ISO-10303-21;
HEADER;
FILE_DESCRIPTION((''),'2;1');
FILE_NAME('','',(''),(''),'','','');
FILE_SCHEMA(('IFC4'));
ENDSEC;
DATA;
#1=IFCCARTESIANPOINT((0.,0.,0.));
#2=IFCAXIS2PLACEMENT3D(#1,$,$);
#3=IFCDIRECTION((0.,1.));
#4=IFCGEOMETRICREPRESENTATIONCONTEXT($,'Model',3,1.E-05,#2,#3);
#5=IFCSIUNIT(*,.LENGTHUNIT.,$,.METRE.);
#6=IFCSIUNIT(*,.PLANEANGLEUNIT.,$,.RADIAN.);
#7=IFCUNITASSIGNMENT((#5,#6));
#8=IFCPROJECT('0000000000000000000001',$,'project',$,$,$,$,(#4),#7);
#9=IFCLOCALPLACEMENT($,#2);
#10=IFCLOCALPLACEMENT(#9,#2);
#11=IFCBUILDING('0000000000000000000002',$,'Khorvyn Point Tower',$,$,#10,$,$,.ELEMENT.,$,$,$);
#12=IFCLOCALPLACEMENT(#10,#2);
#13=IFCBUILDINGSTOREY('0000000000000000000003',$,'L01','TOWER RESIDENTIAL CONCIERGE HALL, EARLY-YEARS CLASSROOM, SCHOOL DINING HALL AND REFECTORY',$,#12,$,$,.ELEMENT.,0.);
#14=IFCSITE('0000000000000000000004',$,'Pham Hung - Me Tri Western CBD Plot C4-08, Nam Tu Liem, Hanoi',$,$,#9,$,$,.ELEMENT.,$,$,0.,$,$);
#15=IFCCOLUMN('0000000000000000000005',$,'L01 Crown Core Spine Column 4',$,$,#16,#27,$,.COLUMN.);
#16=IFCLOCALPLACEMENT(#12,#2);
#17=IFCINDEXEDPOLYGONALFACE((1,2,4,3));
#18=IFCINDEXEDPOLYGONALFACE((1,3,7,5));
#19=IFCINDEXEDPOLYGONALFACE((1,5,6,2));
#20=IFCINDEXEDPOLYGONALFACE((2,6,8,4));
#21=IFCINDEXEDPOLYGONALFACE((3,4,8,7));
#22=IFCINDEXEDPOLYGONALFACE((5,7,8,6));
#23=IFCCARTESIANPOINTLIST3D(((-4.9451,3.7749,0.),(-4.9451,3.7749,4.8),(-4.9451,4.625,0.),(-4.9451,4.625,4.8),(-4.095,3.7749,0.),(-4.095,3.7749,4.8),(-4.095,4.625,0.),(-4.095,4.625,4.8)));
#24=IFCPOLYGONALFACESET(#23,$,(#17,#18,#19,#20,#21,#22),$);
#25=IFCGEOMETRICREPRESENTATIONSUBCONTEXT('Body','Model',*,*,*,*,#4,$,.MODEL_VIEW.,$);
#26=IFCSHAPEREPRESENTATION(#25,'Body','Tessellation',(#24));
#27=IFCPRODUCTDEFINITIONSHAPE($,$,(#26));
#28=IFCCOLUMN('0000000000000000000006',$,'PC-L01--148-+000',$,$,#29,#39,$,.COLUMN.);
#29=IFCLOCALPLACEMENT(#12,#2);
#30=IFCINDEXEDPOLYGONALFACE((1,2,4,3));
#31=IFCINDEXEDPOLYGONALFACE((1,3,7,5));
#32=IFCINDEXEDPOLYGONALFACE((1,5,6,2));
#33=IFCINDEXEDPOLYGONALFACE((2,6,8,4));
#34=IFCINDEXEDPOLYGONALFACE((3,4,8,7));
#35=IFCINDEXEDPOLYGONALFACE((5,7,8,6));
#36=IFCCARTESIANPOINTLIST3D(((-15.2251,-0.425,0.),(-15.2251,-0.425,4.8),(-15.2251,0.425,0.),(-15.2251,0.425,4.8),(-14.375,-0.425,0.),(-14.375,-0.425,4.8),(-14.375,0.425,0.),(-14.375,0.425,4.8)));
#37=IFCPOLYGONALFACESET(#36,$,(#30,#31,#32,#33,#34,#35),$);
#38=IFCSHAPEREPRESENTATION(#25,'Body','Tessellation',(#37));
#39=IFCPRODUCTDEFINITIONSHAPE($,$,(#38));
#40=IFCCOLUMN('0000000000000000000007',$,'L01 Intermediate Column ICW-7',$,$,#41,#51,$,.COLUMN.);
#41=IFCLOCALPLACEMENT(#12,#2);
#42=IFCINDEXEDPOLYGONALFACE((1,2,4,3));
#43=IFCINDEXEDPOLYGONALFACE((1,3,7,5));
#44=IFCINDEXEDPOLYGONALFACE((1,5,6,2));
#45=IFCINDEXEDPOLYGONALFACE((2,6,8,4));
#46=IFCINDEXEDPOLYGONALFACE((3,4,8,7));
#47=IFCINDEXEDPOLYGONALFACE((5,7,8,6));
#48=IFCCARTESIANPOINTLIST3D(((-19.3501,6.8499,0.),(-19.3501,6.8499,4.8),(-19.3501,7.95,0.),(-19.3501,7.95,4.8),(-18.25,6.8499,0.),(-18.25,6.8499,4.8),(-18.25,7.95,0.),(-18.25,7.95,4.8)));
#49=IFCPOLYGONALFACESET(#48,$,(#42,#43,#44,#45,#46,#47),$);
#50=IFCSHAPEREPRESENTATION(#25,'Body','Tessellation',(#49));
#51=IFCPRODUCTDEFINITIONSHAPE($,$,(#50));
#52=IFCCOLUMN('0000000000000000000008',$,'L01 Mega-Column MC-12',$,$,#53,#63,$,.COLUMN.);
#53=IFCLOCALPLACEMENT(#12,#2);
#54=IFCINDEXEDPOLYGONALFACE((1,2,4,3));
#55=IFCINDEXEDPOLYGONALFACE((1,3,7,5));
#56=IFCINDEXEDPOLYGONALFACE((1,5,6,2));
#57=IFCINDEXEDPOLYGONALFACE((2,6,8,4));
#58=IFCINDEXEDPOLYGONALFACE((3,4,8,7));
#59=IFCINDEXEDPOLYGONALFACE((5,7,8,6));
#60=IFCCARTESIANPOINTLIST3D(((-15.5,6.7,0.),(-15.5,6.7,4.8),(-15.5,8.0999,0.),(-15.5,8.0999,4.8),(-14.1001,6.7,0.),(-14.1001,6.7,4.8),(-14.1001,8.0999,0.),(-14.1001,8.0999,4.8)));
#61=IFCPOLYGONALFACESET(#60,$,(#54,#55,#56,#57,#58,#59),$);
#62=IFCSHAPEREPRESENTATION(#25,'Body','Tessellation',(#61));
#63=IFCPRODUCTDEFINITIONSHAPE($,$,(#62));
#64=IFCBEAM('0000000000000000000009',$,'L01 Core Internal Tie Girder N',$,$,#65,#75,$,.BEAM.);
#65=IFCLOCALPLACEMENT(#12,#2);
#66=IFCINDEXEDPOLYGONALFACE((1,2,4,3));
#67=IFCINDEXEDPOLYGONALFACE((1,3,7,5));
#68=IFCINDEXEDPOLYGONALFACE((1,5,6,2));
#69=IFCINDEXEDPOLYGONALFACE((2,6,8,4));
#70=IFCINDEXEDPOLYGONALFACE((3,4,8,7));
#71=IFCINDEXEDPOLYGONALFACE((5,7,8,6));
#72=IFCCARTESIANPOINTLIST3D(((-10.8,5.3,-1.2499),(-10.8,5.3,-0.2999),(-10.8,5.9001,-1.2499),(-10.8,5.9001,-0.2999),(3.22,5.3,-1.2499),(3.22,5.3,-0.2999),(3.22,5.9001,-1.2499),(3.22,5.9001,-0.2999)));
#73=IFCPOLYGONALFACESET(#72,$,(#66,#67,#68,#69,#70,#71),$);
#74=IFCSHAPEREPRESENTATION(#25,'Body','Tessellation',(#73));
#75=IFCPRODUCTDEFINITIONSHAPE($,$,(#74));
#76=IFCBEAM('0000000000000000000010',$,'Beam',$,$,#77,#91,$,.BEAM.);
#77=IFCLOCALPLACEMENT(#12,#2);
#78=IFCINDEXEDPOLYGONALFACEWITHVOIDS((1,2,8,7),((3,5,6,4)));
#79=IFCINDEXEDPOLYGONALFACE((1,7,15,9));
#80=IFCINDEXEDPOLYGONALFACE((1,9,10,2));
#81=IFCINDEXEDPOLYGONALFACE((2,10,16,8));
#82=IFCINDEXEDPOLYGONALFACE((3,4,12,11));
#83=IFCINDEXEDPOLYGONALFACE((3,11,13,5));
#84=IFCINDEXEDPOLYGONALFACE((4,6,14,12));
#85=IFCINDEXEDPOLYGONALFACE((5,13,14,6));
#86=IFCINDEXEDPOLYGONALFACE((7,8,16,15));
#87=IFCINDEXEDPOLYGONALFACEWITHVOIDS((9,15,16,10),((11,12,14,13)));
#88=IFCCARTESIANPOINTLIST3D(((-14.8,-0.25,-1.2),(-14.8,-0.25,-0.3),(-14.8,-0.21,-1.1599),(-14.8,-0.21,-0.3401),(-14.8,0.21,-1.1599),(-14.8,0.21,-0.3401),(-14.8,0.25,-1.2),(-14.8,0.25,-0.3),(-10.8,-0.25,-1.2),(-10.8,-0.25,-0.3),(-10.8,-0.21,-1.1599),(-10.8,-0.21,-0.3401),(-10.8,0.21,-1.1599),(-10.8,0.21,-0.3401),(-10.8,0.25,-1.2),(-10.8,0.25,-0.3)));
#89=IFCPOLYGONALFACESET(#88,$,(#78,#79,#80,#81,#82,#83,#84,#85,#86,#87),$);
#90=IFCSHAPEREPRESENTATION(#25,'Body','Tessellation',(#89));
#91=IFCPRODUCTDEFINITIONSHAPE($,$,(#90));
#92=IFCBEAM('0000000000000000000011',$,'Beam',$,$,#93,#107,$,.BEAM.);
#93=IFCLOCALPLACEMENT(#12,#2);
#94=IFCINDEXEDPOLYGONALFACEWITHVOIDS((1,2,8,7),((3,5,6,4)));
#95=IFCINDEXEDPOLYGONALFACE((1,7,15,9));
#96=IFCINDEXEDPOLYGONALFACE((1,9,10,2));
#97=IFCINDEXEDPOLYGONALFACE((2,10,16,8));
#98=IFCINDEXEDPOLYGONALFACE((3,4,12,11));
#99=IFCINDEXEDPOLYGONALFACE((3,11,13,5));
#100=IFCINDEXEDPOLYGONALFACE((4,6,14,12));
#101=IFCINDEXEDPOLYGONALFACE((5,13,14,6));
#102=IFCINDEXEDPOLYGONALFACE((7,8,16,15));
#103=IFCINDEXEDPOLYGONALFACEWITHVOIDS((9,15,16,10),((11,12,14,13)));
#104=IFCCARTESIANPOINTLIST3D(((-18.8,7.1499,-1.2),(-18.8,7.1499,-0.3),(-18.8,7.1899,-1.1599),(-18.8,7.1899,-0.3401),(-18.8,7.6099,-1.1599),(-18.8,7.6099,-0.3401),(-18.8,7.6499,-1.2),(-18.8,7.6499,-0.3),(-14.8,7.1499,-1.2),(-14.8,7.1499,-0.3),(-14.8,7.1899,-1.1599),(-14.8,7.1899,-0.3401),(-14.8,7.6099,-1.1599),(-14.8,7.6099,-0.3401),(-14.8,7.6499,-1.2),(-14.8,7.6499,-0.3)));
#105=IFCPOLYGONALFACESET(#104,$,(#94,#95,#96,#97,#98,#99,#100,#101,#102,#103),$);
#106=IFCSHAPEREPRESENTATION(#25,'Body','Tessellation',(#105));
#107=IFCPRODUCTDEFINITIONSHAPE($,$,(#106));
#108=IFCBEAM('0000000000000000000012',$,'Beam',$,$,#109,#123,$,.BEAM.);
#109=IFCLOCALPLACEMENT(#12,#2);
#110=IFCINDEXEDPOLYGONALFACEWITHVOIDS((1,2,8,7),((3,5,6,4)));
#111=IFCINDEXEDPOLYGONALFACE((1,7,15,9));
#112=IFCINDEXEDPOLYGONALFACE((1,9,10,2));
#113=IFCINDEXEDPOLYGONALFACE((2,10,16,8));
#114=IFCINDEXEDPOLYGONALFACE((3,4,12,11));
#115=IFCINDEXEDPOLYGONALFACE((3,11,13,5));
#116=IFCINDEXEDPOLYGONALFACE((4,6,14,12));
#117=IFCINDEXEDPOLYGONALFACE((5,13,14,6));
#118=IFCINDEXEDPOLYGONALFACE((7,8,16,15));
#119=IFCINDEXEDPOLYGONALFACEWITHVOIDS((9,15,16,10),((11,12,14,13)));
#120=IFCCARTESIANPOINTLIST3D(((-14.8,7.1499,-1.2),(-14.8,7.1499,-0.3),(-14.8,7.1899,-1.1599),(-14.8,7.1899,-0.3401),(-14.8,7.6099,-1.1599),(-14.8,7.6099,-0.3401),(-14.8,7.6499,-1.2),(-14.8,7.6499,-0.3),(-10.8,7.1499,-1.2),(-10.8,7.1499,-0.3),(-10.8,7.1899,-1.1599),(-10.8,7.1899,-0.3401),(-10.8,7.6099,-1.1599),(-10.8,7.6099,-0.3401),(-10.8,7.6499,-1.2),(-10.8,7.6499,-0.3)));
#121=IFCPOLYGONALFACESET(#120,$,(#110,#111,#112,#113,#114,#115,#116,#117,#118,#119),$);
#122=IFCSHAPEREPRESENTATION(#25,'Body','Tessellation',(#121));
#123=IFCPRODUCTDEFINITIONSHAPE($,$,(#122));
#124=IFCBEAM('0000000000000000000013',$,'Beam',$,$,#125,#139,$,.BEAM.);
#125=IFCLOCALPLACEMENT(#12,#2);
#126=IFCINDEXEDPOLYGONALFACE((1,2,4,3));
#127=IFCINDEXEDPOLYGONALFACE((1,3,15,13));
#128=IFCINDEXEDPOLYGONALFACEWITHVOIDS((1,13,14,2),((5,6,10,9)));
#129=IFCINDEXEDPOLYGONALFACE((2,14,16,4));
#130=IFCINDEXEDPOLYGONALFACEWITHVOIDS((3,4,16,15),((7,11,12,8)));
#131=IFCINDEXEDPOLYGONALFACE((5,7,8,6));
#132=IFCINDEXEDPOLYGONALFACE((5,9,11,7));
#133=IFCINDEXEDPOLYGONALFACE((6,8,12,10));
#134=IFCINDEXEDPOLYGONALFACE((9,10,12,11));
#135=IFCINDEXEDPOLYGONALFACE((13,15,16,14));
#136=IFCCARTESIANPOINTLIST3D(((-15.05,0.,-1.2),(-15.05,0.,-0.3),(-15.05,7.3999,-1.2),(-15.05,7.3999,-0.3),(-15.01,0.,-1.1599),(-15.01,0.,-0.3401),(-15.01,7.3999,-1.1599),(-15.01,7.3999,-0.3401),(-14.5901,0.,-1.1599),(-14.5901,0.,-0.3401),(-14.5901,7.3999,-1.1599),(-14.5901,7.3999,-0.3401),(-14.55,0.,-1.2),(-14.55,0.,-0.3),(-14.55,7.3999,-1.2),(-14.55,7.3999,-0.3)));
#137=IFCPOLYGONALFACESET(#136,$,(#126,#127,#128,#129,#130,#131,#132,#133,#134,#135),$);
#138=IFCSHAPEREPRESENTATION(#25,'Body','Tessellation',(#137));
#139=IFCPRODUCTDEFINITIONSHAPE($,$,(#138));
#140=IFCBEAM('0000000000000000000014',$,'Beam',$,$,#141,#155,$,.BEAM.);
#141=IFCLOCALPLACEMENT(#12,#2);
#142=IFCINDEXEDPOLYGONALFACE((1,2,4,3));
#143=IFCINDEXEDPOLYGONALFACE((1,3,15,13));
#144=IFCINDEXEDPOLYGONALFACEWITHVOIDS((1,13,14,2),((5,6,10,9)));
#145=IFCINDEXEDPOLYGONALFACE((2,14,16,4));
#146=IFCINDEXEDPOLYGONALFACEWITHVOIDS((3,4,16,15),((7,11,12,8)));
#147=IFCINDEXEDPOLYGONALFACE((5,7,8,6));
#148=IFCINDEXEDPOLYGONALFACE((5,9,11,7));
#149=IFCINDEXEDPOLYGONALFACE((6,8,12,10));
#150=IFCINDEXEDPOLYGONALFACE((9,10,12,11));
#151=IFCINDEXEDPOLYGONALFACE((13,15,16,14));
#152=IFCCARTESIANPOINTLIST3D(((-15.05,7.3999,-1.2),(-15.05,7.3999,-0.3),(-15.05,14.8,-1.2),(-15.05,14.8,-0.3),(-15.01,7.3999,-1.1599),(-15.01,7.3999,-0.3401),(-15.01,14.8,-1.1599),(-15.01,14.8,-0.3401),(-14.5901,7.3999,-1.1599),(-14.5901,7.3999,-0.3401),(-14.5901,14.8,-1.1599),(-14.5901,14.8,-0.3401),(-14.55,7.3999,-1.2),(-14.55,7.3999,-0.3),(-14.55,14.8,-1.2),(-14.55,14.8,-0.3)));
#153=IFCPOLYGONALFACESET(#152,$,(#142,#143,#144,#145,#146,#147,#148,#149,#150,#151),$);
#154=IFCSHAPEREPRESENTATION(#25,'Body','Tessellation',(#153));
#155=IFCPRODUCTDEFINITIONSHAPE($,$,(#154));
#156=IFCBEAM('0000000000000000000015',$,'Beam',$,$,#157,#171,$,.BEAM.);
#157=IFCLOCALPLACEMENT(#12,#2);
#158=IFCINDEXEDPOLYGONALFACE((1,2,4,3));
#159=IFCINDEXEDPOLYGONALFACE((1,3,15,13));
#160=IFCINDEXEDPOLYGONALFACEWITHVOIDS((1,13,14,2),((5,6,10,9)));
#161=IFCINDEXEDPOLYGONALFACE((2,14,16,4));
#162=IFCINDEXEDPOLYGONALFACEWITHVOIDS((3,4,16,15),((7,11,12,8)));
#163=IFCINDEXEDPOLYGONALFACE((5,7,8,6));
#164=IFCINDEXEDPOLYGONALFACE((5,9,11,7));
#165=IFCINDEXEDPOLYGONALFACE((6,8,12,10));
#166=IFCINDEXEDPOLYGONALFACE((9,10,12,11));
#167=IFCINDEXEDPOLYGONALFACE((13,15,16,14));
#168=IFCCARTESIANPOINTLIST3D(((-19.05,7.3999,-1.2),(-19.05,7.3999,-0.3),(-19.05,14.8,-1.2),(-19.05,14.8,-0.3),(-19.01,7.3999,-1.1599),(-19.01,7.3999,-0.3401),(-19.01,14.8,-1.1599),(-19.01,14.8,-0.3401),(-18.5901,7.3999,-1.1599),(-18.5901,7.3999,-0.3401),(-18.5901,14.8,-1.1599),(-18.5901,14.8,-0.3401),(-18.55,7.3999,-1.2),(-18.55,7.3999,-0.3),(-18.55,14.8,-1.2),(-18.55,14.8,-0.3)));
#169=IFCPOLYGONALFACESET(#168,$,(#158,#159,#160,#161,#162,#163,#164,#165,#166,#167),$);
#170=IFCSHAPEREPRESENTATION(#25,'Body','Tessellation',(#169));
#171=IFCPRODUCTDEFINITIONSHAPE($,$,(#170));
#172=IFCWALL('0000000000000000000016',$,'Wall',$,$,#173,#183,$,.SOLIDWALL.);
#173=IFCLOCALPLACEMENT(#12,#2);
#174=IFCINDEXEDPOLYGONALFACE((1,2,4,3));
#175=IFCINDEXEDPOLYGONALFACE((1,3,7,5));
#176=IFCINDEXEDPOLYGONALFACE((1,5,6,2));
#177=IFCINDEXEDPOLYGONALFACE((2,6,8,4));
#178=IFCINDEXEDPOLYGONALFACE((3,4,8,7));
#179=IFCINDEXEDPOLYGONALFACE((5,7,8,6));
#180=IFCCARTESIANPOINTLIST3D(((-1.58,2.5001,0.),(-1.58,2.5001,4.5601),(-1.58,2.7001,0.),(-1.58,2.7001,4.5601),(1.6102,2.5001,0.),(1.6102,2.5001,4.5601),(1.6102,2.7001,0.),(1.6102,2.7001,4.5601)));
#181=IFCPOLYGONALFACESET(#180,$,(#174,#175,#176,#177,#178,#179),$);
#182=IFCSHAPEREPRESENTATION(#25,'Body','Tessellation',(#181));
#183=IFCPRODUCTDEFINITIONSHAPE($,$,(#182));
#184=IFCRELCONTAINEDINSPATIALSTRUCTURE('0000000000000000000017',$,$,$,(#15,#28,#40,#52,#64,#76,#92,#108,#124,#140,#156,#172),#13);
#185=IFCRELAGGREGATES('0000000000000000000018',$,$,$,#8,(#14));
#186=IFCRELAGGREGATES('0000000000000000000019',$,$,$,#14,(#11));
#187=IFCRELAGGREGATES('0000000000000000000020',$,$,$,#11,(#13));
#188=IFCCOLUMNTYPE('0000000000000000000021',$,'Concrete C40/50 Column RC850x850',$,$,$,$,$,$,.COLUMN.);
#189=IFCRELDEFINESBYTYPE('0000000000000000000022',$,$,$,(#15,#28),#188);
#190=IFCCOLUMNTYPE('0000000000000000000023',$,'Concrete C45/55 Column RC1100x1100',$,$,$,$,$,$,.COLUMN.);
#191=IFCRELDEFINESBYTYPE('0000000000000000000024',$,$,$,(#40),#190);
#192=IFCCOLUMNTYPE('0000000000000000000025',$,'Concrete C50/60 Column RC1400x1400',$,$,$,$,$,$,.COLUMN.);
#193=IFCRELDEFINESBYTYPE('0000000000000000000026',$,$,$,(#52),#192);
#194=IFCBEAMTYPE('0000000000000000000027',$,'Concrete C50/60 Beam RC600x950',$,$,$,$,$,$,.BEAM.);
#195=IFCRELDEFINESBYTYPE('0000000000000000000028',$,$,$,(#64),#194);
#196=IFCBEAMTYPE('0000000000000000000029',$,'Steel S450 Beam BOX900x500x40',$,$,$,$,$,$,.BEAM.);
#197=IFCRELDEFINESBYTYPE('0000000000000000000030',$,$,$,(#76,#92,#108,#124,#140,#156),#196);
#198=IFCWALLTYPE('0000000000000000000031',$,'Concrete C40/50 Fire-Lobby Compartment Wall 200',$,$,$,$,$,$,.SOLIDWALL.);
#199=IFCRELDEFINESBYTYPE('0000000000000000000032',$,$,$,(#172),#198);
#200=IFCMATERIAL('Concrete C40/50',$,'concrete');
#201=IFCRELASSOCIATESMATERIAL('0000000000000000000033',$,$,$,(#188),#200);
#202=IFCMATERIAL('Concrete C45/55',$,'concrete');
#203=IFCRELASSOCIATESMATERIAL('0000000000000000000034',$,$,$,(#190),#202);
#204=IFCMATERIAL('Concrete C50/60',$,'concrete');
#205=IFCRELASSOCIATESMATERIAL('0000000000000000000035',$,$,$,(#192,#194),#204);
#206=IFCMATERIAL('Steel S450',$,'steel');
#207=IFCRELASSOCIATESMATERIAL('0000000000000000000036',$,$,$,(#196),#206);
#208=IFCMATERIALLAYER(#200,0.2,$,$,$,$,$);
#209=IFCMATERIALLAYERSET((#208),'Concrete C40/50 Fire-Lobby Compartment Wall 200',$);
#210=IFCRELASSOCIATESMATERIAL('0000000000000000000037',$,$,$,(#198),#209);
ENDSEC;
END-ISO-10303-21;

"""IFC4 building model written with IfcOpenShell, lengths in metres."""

from ifc_helpers import new_model, si_unit, direction, frame, frame_2d, origin, origin_2d, place, context, subcontext, project, spatial, rectangle, hollow_rectangle, extrude, material, layer, layer_set, material_profile, profile_set, type_object, element, save


model = new_model("IFC4")

# Units and contexts
model_context = context("Model", 3, precision=1e-05, world=origin(), true_north=direction((0.0, 1.0)))
body_context = subcontext(model_context, "Body", "Model", "MODEL_VIEW")
ifc_project = project(units=[si_unit("LENGTHUNIT", "METRE"), si_unit("PLANEANGLEUNIT", "RADIAN")], contexts=[model_context])

# Site, building, storey
site_placement = place(None, origin())
site = spatial("IfcSite", under=ifc_project, at=site_placement, Name="Pham Hung - Me Tri Western CBD Plot C4-08, Nam Tu Liem, Hanoi", CompositionType="ELEMENT", RefElevation=0.0)
building_placement = place(site_placement, origin())
building = spatial("IfcBuilding", under=site, at=building_placement, Name="Khorvyn Point Tower", CompositionType="ELEMENT")
storey_placement = place(building_placement, origin())
storey = spatial("IfcBuildingStorey", under=building, at=storey_placement, Name="L01", Description="TOWER RESIDENTIAL CONCIERGE HALL, EARLY-YEARS CLASSROOM, SCHOOL DINING HALL AND REFECTORY", CompositionType="ELEMENT", Elevation=0.0)

# Columns
ifc_material_1 = material(Name="Concrete C40/50", Category="concrete")
ifc_material_profile_1 = material_profile(ifc_material_1, rectangle(XDim=0.8501, YDim=0.8501, at=origin_2d()))
ifc_profile_set_1 = profile_set([ifc_material_profile_1], Name="Concrete C40/50 RC850x850")
column_type_1 = type_object("IfcColumnType", Name="Concrete C40/50 Column RC850x850", PredefinedType="COLUMN", material=ifc_profile_set_1)
for number, where, z_axis, x_axis, name in (
    (1, (-4.52, 4.2, 0.0), (0.0, 0.0, 1.0), (1.0, 0.0, 0.0), "L01 Crown Core Spine Column 4"),
    (2, (-14.8, 0.0, 0.0), (0.0, 0.0, 1.0), (1.0, 0.0, 0.0), "PC-L01--148-+000"),
):
    element("IfcColumn", number, at=place(storey_placement, frame(where, z_axis=z_axis, x_axis=x_axis)), inside=storey, type_object=column_type_1, Name=name, PredefinedType="COLUMN", context=body_context, shape_type="SweptSolid", body=[
        extrude(rectangle(XDim=0.8501, YDim=0.8501, at=origin_2d()), origin(), (0.0, 0.0, 1.0), 4.8),
    ])
ifc_material_2 = material(Name="Concrete C45/55", Category="concrete")
ifc_material_profile_2 = material_profile(ifc_material_2, rectangle(XDim=1.1001, YDim=1.1001, at=origin_2d()))
ifc_profile_set_2 = profile_set([ifc_material_profile_2], Name="Concrete C45/55 RC1100x1100")
column_type_2 = type_object("IfcColumnType", Name="Concrete C45/55 Column RC1100x1100", PredefinedType="COLUMN", material=ifc_profile_set_2)
column_1_placement = place(storey_placement, frame((-18.8, 7.3999, 0.0), z_axis=(0.0, 0.0, 1.0), x_axis=(1.0, 0.0, 0.0)))
element("IfcColumn", 3, at=column_1_placement, inside=storey, type_object=column_type_2, Name="L01 Intermediate Column ICW-7", PredefinedType="COLUMN", context=body_context, shape_type="SweptSolid", body=[
    extrude(rectangle(XDim=1.1001, YDim=1.1001, at=origin_2d()), origin(), (0.0, 0.0, 1.0), 4.8),
])
ifc_material_3 = material(Name="Concrete C50/60", Category="concrete")
ifc_material_profile_3 = material_profile(ifc_material_3, rectangle(XDim=1.3999, YDim=1.3999, at=origin_2d()))
ifc_profile_set_3 = profile_set([ifc_material_profile_3], Name="Concrete C50/60 RC1400x1400")
column_type_3 = type_object("IfcColumnType", Name="Concrete C50/60 Column RC1400x1400", PredefinedType="COLUMN", material=ifc_profile_set_3)
column_2_placement = place(storey_placement, frame((-14.8, 7.3999, 0.0), z_axis=(0.0, 0.0, 1.0), x_axis=(1.0, 0.0, 0.0)))
element("IfcColumn", 4, at=column_2_placement, inside=storey, type_object=column_type_3, Name="L01 Mega-Column MC-12", PredefinedType="COLUMN", context=body_context, shape_type="SweptSolid", body=[
    extrude(rectangle(XDim=1.3999, YDim=1.3999, at=origin_2d()), origin(), (0.0, 0.0, 1.0), 4.8),
])

# Beams
ifc_material_profile_4 = material_profile(ifc_material_3, rectangle(XDim=0.6001, YDim=0.95, at=origin_2d()))
ifc_profile_set_4 = profile_set([ifc_material_profile_4], Name="Concrete C50/60 RC600x950")
beam_type_1 = type_object("IfcBeamType", Name="Concrete C50/60 Beam RC600x950", PredefinedType="BEAM", material=ifc_profile_set_4)
beam_1_placement = place(storey_placement, frame((-10.8, 5.6001, -0.7749), z_axis=(1.0, 0.0, 0.0), x_axis=(0.0, 1.0, 0.0)))
element("IfcBeam", 5, at=beam_1_placement, inside=storey, type_object=beam_type_1, Name="L01 Core Internal Tie Girder N", PredefinedType="BEAM", context=body_context, shape_type="SweptSolid", body=[
    extrude(rectangle(XDim=0.6001, YDim=0.95, at=origin_2d()), origin(), (0.0, 0.0, 1.0), 14.02),
])
ifc_material_4 = material(Name="Steel S450", Category="steel")
ifc_material_profile_5 = material_profile(ifc_material_4, hollow_rectangle(XDim=0.5, YDim=0.8999, WallThickness=0.04, at=origin_2d()))
ifc_profile_set_5 = profile_set([ifc_material_profile_5], Name="Steel S450 BOX900x500x40")
beam_type_2 = type_object("IfcBeamType", Name="Steel S450 Beam BOX900x500x40", PredefinedType="BEAM", material=ifc_profile_set_5)
for number, where, z_axis, x_axis, name in (
    (6, (-14.8, 0.0, -0.75), (1.0, 0.0, 0.0), (0.0, 1.0, 0.0), "Beam"),
    (7, (-18.8, 7.3999, -0.75), (1.0, 0.0, 0.0), (0.0, 1.0, 0.0), "Beam"),
    (8, (-14.8, 7.3999, -0.75), (1.0, 0.0, 0.0), (0.0, 1.0, 0.0), "Beam"),
):
    element("IfcBeam", number, at=place(storey_placement, frame(where, z_axis=z_axis, x_axis=x_axis)), inside=storey, type_object=beam_type_2, Name=name, PredefinedType="BEAM", context=body_context, shape_type="SweptSolid", body=[
        extrude(hollow_rectangle(XDim=0.5, YDim=0.8999, WallThickness=0.04, at=origin_2d()), origin(), (0.0, 0.0, 1.0), 4.0),
    ])
beam_2_placement = place(storey_placement, frame((-14.8, 0.0, -0.75), z_axis=(0.0, 1.0, 0.0), x_axis=(-1.0, 0.0, 0.0)))
element("IfcBeam", 9, at=beam_2_placement, inside=storey, type_object=beam_type_2, Name="Beam", PredefinedType="BEAM", context=body_context, shape_type="SweptSolid", body=[
    extrude(hollow_rectangle(XDim=0.5, YDim=0.8999, WallThickness=0.04, at=origin_2d()), origin(), (0.0, 0.0, 1.0), 7.3999),
])
for number, where, z_axis, x_axis, name in (
    (10, (-14.8, 7.3999, -0.75), (0.0, 1.0, 0.0), (-1.0, 0.0, 0.0), "Beam"),
    (11, (-18.8, 7.3999, -0.75), (0.0, 1.0, 0.0), (-1.0, 0.0, 0.0), "Beam"),
):
    element("IfcBeam", number, at=place(storey_placement, frame(where, z_axis=z_axis, x_axis=x_axis)), inside=storey, type_object=beam_type_2, Name=name, PredefinedType="BEAM", context=body_context, shape_type="SweptSolid", body=[
        extrude(hollow_rectangle(XDim=0.5, YDim=0.8999, WallThickness=0.04, at=origin_2d()), origin(), (0.0, 0.0, 1.0), 7.4001),
    ])

# Wall
ifc_layer_1 = layer(ifc_material_1, 0.2)
ifc_layer_set_1 = layer_set([ifc_layer_1], Name="Concrete C40/50 Fire-Lobby Compartment Wall 200")
wall_type_1 = type_object("IfcWallType", Name="Concrete C40/50 Fire-Lobby Compartment Wall 200", PredefinedType="SOLIDWALL", material=ifc_layer_set_1)
wall_1_placement = place(storey_placement, frame((-1.5801, 2.6001, 0.0), z_axis=(0.0, 0.0, 1.0), x_axis=(1.0, 0.0, 0.0)))
element("IfcWall", 12, at=wall_1_placement, inside=storey, type_object=wall_type_1, Name="Wall", PredefinedType="SOLIDWALL", context=body_context, shape_type="SweptSolid", body=[
    extrude(rectangle(XDim=3.1902, YDim=0.2, at=frame_2d((1.5952, 0.0))), origin(), (0.0, 0.0, 1.0), 4.5601),
])

save(model, "model.ifc")
